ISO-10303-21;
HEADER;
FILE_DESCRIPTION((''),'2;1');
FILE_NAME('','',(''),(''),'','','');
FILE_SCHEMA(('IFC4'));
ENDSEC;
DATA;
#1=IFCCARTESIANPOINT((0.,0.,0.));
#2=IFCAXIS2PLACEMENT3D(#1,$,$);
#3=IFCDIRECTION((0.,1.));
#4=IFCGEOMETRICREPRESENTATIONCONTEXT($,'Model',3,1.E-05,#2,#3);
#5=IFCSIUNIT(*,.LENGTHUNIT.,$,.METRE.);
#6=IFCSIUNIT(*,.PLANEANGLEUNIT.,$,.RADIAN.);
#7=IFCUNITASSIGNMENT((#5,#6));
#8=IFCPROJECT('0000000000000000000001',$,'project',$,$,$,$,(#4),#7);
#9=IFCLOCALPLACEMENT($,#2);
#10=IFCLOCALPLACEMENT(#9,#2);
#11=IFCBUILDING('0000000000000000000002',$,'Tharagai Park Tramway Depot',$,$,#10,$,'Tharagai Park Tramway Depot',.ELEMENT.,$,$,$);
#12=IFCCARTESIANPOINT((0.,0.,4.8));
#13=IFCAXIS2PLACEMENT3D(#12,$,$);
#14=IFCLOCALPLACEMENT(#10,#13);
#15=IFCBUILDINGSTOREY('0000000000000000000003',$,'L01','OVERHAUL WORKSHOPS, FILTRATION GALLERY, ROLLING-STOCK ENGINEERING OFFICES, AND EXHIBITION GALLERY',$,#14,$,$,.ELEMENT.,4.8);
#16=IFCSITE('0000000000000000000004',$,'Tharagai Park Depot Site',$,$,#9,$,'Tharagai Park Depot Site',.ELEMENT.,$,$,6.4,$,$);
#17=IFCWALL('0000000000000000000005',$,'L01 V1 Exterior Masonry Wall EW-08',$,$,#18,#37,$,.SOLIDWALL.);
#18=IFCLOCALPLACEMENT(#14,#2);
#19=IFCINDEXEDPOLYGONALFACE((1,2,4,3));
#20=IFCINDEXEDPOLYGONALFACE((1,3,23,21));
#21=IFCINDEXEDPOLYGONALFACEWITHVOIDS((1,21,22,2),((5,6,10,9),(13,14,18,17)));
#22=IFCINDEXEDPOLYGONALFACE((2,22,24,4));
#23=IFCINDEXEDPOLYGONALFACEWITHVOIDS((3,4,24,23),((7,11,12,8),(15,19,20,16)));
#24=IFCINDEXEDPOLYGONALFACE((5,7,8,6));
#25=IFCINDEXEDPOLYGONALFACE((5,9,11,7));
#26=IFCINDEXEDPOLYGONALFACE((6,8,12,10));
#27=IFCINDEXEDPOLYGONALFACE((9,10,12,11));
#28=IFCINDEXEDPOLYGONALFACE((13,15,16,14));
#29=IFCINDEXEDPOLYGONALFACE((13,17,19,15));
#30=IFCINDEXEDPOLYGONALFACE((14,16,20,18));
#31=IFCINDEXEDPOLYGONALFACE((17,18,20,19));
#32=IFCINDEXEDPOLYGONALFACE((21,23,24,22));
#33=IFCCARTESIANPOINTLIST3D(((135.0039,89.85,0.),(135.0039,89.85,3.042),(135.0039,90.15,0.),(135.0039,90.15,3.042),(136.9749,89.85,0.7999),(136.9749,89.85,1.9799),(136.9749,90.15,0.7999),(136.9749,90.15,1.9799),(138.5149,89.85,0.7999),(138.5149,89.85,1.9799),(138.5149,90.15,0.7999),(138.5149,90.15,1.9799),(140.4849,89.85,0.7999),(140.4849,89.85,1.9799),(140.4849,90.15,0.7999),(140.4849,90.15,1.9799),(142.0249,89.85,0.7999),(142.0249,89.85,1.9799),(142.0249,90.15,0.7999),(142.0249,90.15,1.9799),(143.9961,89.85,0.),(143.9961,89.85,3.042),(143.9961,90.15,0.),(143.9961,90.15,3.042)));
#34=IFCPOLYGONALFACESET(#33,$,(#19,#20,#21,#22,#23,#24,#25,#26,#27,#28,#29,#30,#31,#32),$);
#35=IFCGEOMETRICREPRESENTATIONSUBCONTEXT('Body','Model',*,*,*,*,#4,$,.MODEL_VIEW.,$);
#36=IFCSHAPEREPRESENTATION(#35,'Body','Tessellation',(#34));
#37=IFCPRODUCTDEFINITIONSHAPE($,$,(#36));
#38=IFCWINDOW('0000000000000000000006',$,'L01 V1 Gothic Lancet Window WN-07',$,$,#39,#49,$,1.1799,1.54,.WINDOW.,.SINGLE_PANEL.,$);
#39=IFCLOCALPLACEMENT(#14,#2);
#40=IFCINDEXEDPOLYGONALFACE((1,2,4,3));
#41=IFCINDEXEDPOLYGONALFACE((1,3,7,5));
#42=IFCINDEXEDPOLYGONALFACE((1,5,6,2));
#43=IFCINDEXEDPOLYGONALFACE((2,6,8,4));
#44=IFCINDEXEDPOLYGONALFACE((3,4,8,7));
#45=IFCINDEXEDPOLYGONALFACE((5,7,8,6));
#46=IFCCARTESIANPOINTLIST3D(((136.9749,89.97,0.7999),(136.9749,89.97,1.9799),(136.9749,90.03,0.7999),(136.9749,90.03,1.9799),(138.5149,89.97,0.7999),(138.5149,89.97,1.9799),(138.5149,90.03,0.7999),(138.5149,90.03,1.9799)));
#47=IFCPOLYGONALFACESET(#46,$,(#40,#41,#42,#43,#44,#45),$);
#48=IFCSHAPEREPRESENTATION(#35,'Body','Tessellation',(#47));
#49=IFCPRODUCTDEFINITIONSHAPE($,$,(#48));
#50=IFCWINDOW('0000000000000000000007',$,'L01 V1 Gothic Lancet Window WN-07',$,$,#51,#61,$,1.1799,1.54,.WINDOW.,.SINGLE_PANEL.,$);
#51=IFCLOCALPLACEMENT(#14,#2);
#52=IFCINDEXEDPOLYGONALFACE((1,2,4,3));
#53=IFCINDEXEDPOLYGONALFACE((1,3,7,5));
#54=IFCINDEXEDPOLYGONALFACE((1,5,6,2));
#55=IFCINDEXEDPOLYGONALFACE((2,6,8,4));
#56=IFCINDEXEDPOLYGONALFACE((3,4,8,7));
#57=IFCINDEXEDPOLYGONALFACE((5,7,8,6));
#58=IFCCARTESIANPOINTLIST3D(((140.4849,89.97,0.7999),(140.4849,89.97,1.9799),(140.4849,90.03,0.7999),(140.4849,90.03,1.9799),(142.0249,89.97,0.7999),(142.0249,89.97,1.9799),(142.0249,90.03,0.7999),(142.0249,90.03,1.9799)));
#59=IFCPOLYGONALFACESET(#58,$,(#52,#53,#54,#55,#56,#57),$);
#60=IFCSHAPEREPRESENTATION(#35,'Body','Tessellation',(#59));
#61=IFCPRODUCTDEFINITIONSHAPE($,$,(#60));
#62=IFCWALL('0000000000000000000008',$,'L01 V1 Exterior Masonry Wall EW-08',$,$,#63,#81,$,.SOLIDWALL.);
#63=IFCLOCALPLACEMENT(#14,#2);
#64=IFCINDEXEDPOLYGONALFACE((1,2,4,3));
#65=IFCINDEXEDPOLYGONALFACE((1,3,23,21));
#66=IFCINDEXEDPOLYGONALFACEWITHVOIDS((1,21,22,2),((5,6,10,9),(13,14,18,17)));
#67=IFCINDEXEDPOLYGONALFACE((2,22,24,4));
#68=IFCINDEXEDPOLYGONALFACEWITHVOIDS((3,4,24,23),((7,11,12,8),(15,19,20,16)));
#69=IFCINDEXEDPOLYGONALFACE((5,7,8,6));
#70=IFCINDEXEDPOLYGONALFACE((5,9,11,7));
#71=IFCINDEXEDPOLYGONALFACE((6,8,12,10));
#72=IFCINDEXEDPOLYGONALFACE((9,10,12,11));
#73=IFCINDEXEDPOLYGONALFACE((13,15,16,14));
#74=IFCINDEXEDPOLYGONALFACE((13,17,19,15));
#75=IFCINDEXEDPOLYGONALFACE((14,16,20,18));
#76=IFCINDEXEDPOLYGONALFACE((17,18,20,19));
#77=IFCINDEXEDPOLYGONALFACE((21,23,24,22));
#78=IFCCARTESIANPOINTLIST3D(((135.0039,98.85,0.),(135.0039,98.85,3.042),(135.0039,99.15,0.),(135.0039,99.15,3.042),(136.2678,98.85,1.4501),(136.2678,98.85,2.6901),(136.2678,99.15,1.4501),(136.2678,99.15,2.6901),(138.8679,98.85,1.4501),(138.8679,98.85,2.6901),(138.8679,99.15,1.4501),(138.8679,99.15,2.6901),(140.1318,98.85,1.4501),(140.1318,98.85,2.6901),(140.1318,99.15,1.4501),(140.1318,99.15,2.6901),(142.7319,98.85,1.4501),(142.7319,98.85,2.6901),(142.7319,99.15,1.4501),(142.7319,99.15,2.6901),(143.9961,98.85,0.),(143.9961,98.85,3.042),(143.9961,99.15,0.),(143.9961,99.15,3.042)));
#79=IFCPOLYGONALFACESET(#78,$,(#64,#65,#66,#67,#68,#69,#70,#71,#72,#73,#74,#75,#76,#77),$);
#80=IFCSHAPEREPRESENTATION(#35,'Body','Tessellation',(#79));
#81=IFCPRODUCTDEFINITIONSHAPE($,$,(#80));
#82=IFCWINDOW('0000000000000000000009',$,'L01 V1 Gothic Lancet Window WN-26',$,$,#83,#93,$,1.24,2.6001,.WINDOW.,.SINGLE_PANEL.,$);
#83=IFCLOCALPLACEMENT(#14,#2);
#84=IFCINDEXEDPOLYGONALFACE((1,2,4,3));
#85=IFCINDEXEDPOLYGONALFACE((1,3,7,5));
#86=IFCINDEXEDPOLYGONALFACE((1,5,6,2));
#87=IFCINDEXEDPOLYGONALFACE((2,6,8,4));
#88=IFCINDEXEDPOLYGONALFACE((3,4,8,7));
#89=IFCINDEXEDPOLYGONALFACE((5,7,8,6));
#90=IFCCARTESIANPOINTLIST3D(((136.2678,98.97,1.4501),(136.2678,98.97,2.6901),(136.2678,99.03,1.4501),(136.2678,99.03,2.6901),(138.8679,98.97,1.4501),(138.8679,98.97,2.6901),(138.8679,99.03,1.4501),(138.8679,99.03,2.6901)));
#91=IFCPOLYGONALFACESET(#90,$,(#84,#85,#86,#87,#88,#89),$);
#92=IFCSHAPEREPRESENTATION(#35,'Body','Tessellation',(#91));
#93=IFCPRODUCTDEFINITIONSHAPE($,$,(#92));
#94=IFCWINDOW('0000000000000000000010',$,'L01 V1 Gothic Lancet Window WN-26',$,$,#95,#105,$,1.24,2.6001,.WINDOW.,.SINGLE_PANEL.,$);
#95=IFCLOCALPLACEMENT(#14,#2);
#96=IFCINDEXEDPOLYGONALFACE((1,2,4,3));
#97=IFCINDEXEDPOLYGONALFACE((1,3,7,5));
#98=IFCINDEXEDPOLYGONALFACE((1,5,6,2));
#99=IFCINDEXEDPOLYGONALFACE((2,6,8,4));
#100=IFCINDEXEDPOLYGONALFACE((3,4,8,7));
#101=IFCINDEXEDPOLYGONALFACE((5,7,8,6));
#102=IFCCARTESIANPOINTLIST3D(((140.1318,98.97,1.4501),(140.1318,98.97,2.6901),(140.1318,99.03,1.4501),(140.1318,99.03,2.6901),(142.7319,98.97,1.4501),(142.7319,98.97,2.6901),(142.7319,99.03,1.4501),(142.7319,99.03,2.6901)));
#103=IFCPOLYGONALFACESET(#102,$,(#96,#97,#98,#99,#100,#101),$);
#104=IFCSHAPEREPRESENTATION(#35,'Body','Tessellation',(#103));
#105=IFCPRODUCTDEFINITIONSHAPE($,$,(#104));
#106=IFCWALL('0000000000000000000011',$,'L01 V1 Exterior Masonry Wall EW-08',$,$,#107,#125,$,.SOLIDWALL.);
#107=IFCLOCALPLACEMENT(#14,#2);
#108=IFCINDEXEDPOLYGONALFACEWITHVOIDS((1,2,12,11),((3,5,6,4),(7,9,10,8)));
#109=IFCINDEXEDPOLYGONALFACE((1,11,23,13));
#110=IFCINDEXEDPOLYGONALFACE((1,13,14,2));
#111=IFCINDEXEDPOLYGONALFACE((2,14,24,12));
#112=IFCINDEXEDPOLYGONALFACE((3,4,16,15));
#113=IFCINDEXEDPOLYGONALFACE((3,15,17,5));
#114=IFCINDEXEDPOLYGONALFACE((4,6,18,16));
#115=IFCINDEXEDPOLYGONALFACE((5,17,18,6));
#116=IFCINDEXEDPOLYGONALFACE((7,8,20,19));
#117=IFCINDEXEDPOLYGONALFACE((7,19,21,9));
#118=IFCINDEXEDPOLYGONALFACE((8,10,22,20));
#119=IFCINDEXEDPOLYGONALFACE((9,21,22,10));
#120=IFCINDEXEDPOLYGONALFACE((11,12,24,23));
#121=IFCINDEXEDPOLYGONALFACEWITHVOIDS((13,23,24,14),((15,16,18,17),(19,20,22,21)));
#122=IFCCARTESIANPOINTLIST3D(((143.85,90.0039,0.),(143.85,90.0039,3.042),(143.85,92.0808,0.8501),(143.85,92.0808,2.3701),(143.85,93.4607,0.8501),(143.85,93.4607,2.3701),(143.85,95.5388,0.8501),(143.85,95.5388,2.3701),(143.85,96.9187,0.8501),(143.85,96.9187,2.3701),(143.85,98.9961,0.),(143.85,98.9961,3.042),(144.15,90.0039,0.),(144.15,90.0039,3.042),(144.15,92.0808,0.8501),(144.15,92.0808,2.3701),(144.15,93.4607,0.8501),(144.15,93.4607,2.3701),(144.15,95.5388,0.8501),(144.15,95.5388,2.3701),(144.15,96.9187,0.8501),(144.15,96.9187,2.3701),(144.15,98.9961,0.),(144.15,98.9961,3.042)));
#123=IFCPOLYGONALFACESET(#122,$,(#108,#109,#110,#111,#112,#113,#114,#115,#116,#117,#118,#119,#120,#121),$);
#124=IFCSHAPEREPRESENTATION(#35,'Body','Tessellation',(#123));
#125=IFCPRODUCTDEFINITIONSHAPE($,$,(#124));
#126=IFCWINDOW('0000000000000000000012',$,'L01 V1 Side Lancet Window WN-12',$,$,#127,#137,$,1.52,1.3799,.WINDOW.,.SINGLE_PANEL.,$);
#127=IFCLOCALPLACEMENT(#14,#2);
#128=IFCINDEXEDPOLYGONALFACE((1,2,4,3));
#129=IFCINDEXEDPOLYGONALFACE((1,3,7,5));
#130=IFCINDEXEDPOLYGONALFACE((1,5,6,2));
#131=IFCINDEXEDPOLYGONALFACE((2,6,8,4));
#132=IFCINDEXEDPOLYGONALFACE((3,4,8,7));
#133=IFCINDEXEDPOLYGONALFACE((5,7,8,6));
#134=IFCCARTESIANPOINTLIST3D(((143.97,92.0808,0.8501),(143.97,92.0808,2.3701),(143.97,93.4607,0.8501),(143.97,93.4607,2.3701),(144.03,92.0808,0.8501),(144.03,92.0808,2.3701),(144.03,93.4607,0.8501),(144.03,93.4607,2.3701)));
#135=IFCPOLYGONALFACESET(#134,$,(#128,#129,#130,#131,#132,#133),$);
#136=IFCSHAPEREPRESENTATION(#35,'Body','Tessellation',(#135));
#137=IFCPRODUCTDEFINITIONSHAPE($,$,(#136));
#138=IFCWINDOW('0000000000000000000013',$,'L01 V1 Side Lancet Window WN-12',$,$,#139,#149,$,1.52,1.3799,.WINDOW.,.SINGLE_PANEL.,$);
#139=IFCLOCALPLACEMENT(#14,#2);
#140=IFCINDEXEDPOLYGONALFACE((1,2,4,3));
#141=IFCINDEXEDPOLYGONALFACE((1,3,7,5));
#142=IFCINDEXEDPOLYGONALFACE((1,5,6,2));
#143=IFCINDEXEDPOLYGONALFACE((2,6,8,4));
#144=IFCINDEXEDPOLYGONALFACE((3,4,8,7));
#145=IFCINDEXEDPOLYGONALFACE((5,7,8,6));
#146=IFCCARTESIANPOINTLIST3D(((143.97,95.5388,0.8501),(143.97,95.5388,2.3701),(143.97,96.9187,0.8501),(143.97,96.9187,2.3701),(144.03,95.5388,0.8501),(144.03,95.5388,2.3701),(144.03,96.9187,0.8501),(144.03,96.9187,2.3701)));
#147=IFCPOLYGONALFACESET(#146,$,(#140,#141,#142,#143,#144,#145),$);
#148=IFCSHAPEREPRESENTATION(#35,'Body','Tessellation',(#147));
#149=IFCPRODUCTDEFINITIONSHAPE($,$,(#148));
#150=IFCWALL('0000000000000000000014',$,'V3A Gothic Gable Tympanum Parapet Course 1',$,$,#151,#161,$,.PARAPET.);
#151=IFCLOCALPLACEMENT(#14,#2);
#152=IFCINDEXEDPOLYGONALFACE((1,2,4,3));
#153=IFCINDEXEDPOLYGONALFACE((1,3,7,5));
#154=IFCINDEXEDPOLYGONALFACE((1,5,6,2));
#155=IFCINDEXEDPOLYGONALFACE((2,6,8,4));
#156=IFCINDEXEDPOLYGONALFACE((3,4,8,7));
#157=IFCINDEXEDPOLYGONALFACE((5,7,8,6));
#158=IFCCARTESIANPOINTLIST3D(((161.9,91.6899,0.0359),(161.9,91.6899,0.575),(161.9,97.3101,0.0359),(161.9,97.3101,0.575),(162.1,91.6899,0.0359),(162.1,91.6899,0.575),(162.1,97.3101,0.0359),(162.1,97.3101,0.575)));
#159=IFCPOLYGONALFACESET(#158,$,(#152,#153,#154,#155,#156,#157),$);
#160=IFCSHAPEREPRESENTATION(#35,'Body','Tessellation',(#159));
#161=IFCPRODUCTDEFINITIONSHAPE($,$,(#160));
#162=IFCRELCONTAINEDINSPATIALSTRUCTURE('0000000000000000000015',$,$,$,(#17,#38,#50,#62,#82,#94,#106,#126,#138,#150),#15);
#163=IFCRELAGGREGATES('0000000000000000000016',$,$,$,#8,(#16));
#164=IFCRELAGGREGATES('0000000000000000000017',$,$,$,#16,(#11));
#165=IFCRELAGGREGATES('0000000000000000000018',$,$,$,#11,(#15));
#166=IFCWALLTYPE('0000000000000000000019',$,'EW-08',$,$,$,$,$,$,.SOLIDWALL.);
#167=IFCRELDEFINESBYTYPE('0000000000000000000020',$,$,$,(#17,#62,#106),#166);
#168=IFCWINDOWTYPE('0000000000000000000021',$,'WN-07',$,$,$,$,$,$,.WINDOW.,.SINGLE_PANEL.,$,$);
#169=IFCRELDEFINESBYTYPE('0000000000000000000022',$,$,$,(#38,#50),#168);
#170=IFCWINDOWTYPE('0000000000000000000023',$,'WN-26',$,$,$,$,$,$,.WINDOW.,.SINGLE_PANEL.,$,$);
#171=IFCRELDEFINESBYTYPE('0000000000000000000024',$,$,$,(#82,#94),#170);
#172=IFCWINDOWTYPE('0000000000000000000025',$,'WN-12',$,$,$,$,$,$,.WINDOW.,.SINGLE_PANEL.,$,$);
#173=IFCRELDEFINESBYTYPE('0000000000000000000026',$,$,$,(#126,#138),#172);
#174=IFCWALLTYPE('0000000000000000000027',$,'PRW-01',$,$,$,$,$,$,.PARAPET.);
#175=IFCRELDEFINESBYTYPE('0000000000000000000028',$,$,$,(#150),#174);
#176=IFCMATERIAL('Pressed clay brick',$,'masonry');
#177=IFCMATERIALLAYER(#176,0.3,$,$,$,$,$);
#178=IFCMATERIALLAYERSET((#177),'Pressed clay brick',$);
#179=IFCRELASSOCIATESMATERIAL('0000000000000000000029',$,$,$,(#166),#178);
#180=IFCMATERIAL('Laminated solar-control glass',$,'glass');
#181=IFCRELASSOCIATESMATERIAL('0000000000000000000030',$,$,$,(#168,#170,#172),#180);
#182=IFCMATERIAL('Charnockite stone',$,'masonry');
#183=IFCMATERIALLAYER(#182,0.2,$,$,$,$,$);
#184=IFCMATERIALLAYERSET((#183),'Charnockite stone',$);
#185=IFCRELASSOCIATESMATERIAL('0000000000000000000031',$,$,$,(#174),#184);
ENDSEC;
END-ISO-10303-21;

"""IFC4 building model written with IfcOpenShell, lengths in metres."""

from ifc_helpers import new_model, si_unit, direction, frame, frame_2d, origin, place, context, subcontext, project, spatial, rectangle, extrude, material, layer, layer_set, type_object, element, fill, save


model = new_model("IFC4")

# Units and contexts
model_context = context("Model", 3, precision=1e-05, world=origin(), true_north=direction((0.0, 1.0)))
body_context = subcontext(model_context, "Body", "Model", "MODEL_VIEW")
ifc_project = project(units=[si_unit("LENGTHUNIT", "METRE"), si_unit("PLANEANGLEUNIT", "RADIAN")], contexts=[model_context])

# Site, building, storey
site_placement = place(None, origin())
site = spatial("IfcSite", under=ifc_project, at=site_placement, Name="Tharagai Park Depot Site", LongName="Tharagai Park Depot Site", CompositionType="ELEMENT", RefElevation=6.4)
building_placement = place(site_placement, origin())
building = spatial("IfcBuilding", under=site, at=building_placement, Name="Tharagai Park Tramway Depot", LongName="Tharagai Park Tramway Depot", CompositionType="ELEMENT")
storey_placement = place(building_placement, frame((0.0, 0.0, 4.8)))
storey = spatial("IfcBuildingStorey", under=building, at=storey_placement, Name="L01", Description="OVERHAUL WORKSHOPS, FILTRATION GALLERY, ROLLING-STOCK ENGINEERING OFFICES, AND EXHIBITION GALLERY", CompositionType="ELEMENT", Elevation=4.8)

# Walls, openings, windows
ifc_material_1 = material(Name="Pressed clay brick", Category="masonry")
ifc_layer_1 = layer(ifc_material_1, 0.3)
ifc_layer_set_1 = layer_set([ifc_layer_1], Name="Pressed clay brick")
wall_type_1 = type_object("IfcWallType", Name="EW-08", PredefinedType="SOLIDWALL", material=ifc_layer_set_1)
wall_1_placement = place(storey_placement, frame((135.0039, 90.0, 0.0), z_axis=(0.0, 0.0, 1.0), x_axis=(1.0, 0.0, 0.0)))
wall_1 = element("IfcWall", 1, at=wall_1_placement, inside=storey, type_object=wall_type_1, Name="L01 V1 Exterior Masonry Wall EW-08", PredefinedType="SOLIDWALL", context=body_context, shape_type="SweptSolid", body=[
    extrude(rectangle(XDim=8.9922, YDim=0.3, at=frame_2d((4.4961, 0.0))), origin(), (0.0, 0.0, 1.0), 3.042),
])
opening_1_placement = place(wall_1_placement, frame((1.9709, 0.0, 0.8)))
opening_1 = element("IfcOpeningElement", 2, at=opening_1_placement, cuts=wall_1, PredefinedType="OPENING", context=body_context, shape_type="SweptSolid", body=[
    extrude(rectangle(XDim=1.54, YDim=1.1799, at=frame_2d((0.77, 0.5898))), frame((0.0, 0.1599, 0.0), z_axis=(0.0, -1.0, 0.0), x_axis=(1.0, 0.0, 0.0)), (0.0, 0.0, 1.0), 0.3201),
])
opening_2_placement = place(wall_1_placement, frame((5.481, 0.0, 0.8)))
opening_2 = element("IfcOpeningElement", 3, at=opening_2_placement, cuts=wall_1, PredefinedType="OPENING", context=body_context, shape_type="SweptSolid", body=[
    extrude(rectangle(XDim=1.54, YDim=1.1799, at=frame_2d((0.77, 0.5898))), frame((0.0, 0.1599, 0.0), z_axis=(0.0, -1.0, 0.0), x_axis=(1.0, 0.0, 0.0)), (0.0, 0.0, 1.0), 0.3201),
])
ifc_material_2 = material(Name="Laminated solar-control glass", Category="glass")
window_type_1 = type_object("IfcWindowType", Name="WN-07", PartitioningType="SINGLE_PANEL", PredefinedType="WINDOW", material=ifc_material_2)
window_1_placement = place(opening_1_placement, origin())
window_1 = element("IfcWindow", 4, at=window_1_placement, inside=storey, type_object=window_type_1, Name="L01 V1 Gothic Lancet Window WN-07", OverallHeight=1.1799, OverallWidth=1.54, PartitioningType="SINGLE_PANEL", PredefinedType="WINDOW", context=body_context, shape_type="SweptSolid", body=[
    extrude(rectangle(XDim=1.54, YDim=1.1799, at=frame_2d((0.77, 0.5898))), frame((0.0, 0.03, 0.0), z_axis=(0.0, -1.0, 0.0), x_axis=(1.0, 0.0, 0.0)), (0.0, 0.0, 1.0), 0.0601),
])
fill(opening_1, window_1)
window_2_placement = place(opening_2_placement, origin())
window_2 = element("IfcWindow", 5, at=window_2_placement, inside=storey, type_object=window_type_1, Name="L01 V1 Gothic Lancet Window WN-07", OverallHeight=1.1799, OverallWidth=1.54, PartitioningType="SINGLE_PANEL", PredefinedType="WINDOW", context=body_context, shape_type="SweptSolid", body=[
    extrude(rectangle(XDim=1.54, YDim=1.1799, at=frame_2d((0.77, 0.5898))), frame((0.0, 0.03, 0.0), z_axis=(0.0, -1.0, 0.0), x_axis=(1.0, 0.0, 0.0)), (0.0, 0.0, 1.0), 0.0601),
])
fill(opening_2, window_2)
wall_2_placement = place(storey_placement, frame((135.0039, 99.0, 0.0), z_axis=(0.0, 0.0, 1.0), x_axis=(1.0, 0.0, 0.0)))
wall_2 = element("IfcWall", 6, at=wall_2_placement, inside=storey, type_object=wall_type_1, Name="L01 V1 Exterior Masonry Wall EW-08", PredefinedType="SOLIDWALL", context=body_context, shape_type="SweptSolid", body=[
    extrude(rectangle(XDim=8.9922, YDim=0.3, at=frame_2d((4.4961, 0.0))), origin(), (0.0, 0.0, 1.0), 3.042),
])
opening_3_placement = place(wall_2_placement, frame((1.2639, 0.0, 1.45)))
opening_3 = element("IfcOpeningElement", 7, at=opening_3_placement, cuts=wall_2, PredefinedType="OPENING", context=body_context, shape_type="SweptSolid", body=[
    extrude(rectangle(XDim=2.6001, YDim=1.24, at=frame_2d((1.3, 0.6201))), frame((0.0, 0.1599, 0.0), z_axis=(0.0, -1.0, 0.0), x_axis=(1.0, 0.0, 0.0)), (0.0, 0.0, 1.0), 0.3201),
])
opening_4_placement = place(wall_2_placement, frame((5.1279, 0.0, 1.45)))
opening_4 = element("IfcOpeningElement", 8, at=opening_4_placement, cuts=wall_2, PredefinedType="OPENING", context=body_context, shape_type="SweptSolid", body=[
    extrude(rectangle(XDim=2.6001, YDim=1.24, at=frame_2d((1.3, 0.6201))), frame((0.0, 0.1599, 0.0), z_axis=(0.0, -1.0, 0.0), x_axis=(1.0, 0.0, 0.0)), (0.0, 0.0, 1.0), 0.3201),
])
window_type_2 = type_object("IfcWindowType", Name="WN-26", PartitioningType="SINGLE_PANEL", PredefinedType="WINDOW", material=ifc_material_2)
window_3_placement = place(opening_3_placement, origin())
window_3 = element("IfcWindow", 9, at=window_3_placement, inside=storey, type_object=window_type_2, Name="L01 V1 Gothic Lancet Window WN-26", OverallHeight=1.24, OverallWidth=2.6001, PartitioningType="SINGLE_PANEL", PredefinedType="WINDOW", context=body_context, shape_type="SweptSolid", body=[
    extrude(rectangle(XDim=2.6001, YDim=1.24, at=frame_2d((1.3, 0.6201))), frame((0.0, 0.03, 0.0), z_axis=(0.0, -1.0, 0.0), x_axis=(1.0, 0.0, 0.0)), (0.0, 0.0, 1.0), 0.0601),
])
fill(opening_3, window_3)
window_4_placement = place(opening_4_placement, origin())
window_4 = element("IfcWindow", 10, at=window_4_placement, inside=storey, type_object=window_type_2, Name="L01 V1 Gothic Lancet Window WN-26", OverallHeight=1.24, OverallWidth=2.6001, PartitioningType="SINGLE_PANEL", PredefinedType="WINDOW", context=body_context, shape_type="SweptSolid", body=[
    extrude(rectangle(XDim=2.6001, YDim=1.24, at=frame_2d((1.3, 0.6201))), frame((0.0, 0.03, 0.0), z_axis=(0.0, -1.0, 0.0), x_axis=(1.0, 0.0, 0.0)), (0.0, 0.0, 1.0), 0.0601),
])
fill(opening_4, window_4)
wall_3_placement = place(storey_placement, frame((144.0, 90.0039, 0.0), z_axis=(0.0, 0.0, 1.0), x_axis=(0.0, 1.0, 0.0)))
wall_3 = element("IfcWall", 11, at=wall_3_placement, inside=storey, type_object=wall_type_1, Name="L01 V1 Exterior Masonry Wall EW-08", PredefinedType="SOLIDWALL", context=body_context, shape_type="SweptSolid", body=[
    extrude(rectangle(XDim=8.9922, YDim=0.3, at=frame_2d((4.4961, 0.0))), origin(), (0.0, 0.0, 1.0), 3.042),
])
opening_5_placement = place(wall_3_placement, frame((2.0769, 0.0, 0.8501)))
opening_5 = element("IfcOpeningElement", 12, at=opening_5_placement, cuts=wall_3, PredefinedType="OPENING", context=body_context, shape_type="SweptSolid", body=[
    extrude(rectangle(XDim=1.3799, YDim=1.52, at=frame_2d((0.6899, 0.76))), frame((0.0, 0.1599, 0.0), z_axis=(0.0, -1.0, 0.0), x_axis=(1.0, 0.0, 0.0)), (0.0, 0.0, 1.0), 0.3201),
])
opening_6_placement = place(wall_3_placement, frame((5.5349, 0.0, 0.8501)))
opening_6 = element("IfcOpeningElement", 13, at=opening_6_placement, cuts=wall_3, PredefinedType="OPENING", context=body_context, shape_type="SweptSolid", body=[
    extrude(rectangle(XDim=1.3799, YDim=1.52, at=frame_2d((0.6899, 0.76))), frame((0.0, 0.1599, 0.0), z_axis=(0.0, -1.0, 0.0), x_axis=(1.0, 0.0, 0.0)), (0.0, 0.0, 1.0), 0.3201),
])
window_type_3 = type_object("IfcWindowType", Name="WN-12", PartitioningType="SINGLE_PANEL", PredefinedType="WINDOW", material=ifc_material_2)
window_5_placement = place(opening_5_placement, origin())
window_5 = element("IfcWindow", 14, at=window_5_placement, inside=storey, type_object=window_type_3, Name="L01 V1 Side Lancet Window WN-12", OverallHeight=1.52, OverallWidth=1.3799, PartitioningType="SINGLE_PANEL", PredefinedType="WINDOW", context=body_context, shape_type="SweptSolid", body=[
    extrude(rectangle(XDim=1.3799, YDim=1.52, at=frame_2d((0.6899, 0.76))), frame((0.0, 0.03, 0.0), z_axis=(0.0, -1.0, 0.0), x_axis=(1.0, 0.0, 0.0)), (0.0, 0.0, 1.0), 0.0601),
])
fill(opening_5, window_5)
window_6_placement = place(opening_6_placement, origin())
window_6 = element("IfcWindow", 15, at=window_6_placement, inside=storey, type_object=window_type_3, Name="L01 V1 Side Lancet Window WN-12", OverallHeight=1.52, OverallWidth=1.3799, PartitioningType="SINGLE_PANEL", PredefinedType="WINDOW", context=body_context, shape_type="SweptSolid", body=[
    extrude(rectangle(XDim=1.3799, YDim=1.52, at=frame_2d((0.6899, 0.76))), frame((0.0, 0.03, 0.0), z_axis=(0.0, -1.0, 0.0), x_axis=(1.0, 0.0, 0.0)), (0.0, 0.0, 1.0), 0.0601),
])
fill(opening_6, window_6)

# Wall
ifc_material_3 = material(Name="Charnockite stone", Category="masonry")
ifc_layer_2 = layer(ifc_material_3, 0.2)
ifc_layer_set_2 = layer_set([ifc_layer_2], Name="Charnockite stone")
wall_type_2 = type_object("IfcWallType", Name="PRW-01", PredefinedType="PARAPET", material=ifc_layer_set_2)
wall_4_placement = place(storey_placement, frame((162.0, 91.6899, 0.0359), z_axis=(0.0, 0.0, 1.0), x_axis=(0.0, 1.0, 0.0)))
element("IfcWall", 16, at=wall_4_placement, inside=storey, type_object=wall_type_2, Name="V3A Gothic Gable Tympanum Parapet Course 1", PredefinedType="PARAPET", context=body_context, shape_type="SweptSolid", body=[
    extrude(rectangle(XDim=5.6201, YDim=0.2, at=frame_2d((2.8101, 0.0))), origin(), (0.0, 0.0, 1.0), 0.5391),
])

save(model, "model.ifc")
